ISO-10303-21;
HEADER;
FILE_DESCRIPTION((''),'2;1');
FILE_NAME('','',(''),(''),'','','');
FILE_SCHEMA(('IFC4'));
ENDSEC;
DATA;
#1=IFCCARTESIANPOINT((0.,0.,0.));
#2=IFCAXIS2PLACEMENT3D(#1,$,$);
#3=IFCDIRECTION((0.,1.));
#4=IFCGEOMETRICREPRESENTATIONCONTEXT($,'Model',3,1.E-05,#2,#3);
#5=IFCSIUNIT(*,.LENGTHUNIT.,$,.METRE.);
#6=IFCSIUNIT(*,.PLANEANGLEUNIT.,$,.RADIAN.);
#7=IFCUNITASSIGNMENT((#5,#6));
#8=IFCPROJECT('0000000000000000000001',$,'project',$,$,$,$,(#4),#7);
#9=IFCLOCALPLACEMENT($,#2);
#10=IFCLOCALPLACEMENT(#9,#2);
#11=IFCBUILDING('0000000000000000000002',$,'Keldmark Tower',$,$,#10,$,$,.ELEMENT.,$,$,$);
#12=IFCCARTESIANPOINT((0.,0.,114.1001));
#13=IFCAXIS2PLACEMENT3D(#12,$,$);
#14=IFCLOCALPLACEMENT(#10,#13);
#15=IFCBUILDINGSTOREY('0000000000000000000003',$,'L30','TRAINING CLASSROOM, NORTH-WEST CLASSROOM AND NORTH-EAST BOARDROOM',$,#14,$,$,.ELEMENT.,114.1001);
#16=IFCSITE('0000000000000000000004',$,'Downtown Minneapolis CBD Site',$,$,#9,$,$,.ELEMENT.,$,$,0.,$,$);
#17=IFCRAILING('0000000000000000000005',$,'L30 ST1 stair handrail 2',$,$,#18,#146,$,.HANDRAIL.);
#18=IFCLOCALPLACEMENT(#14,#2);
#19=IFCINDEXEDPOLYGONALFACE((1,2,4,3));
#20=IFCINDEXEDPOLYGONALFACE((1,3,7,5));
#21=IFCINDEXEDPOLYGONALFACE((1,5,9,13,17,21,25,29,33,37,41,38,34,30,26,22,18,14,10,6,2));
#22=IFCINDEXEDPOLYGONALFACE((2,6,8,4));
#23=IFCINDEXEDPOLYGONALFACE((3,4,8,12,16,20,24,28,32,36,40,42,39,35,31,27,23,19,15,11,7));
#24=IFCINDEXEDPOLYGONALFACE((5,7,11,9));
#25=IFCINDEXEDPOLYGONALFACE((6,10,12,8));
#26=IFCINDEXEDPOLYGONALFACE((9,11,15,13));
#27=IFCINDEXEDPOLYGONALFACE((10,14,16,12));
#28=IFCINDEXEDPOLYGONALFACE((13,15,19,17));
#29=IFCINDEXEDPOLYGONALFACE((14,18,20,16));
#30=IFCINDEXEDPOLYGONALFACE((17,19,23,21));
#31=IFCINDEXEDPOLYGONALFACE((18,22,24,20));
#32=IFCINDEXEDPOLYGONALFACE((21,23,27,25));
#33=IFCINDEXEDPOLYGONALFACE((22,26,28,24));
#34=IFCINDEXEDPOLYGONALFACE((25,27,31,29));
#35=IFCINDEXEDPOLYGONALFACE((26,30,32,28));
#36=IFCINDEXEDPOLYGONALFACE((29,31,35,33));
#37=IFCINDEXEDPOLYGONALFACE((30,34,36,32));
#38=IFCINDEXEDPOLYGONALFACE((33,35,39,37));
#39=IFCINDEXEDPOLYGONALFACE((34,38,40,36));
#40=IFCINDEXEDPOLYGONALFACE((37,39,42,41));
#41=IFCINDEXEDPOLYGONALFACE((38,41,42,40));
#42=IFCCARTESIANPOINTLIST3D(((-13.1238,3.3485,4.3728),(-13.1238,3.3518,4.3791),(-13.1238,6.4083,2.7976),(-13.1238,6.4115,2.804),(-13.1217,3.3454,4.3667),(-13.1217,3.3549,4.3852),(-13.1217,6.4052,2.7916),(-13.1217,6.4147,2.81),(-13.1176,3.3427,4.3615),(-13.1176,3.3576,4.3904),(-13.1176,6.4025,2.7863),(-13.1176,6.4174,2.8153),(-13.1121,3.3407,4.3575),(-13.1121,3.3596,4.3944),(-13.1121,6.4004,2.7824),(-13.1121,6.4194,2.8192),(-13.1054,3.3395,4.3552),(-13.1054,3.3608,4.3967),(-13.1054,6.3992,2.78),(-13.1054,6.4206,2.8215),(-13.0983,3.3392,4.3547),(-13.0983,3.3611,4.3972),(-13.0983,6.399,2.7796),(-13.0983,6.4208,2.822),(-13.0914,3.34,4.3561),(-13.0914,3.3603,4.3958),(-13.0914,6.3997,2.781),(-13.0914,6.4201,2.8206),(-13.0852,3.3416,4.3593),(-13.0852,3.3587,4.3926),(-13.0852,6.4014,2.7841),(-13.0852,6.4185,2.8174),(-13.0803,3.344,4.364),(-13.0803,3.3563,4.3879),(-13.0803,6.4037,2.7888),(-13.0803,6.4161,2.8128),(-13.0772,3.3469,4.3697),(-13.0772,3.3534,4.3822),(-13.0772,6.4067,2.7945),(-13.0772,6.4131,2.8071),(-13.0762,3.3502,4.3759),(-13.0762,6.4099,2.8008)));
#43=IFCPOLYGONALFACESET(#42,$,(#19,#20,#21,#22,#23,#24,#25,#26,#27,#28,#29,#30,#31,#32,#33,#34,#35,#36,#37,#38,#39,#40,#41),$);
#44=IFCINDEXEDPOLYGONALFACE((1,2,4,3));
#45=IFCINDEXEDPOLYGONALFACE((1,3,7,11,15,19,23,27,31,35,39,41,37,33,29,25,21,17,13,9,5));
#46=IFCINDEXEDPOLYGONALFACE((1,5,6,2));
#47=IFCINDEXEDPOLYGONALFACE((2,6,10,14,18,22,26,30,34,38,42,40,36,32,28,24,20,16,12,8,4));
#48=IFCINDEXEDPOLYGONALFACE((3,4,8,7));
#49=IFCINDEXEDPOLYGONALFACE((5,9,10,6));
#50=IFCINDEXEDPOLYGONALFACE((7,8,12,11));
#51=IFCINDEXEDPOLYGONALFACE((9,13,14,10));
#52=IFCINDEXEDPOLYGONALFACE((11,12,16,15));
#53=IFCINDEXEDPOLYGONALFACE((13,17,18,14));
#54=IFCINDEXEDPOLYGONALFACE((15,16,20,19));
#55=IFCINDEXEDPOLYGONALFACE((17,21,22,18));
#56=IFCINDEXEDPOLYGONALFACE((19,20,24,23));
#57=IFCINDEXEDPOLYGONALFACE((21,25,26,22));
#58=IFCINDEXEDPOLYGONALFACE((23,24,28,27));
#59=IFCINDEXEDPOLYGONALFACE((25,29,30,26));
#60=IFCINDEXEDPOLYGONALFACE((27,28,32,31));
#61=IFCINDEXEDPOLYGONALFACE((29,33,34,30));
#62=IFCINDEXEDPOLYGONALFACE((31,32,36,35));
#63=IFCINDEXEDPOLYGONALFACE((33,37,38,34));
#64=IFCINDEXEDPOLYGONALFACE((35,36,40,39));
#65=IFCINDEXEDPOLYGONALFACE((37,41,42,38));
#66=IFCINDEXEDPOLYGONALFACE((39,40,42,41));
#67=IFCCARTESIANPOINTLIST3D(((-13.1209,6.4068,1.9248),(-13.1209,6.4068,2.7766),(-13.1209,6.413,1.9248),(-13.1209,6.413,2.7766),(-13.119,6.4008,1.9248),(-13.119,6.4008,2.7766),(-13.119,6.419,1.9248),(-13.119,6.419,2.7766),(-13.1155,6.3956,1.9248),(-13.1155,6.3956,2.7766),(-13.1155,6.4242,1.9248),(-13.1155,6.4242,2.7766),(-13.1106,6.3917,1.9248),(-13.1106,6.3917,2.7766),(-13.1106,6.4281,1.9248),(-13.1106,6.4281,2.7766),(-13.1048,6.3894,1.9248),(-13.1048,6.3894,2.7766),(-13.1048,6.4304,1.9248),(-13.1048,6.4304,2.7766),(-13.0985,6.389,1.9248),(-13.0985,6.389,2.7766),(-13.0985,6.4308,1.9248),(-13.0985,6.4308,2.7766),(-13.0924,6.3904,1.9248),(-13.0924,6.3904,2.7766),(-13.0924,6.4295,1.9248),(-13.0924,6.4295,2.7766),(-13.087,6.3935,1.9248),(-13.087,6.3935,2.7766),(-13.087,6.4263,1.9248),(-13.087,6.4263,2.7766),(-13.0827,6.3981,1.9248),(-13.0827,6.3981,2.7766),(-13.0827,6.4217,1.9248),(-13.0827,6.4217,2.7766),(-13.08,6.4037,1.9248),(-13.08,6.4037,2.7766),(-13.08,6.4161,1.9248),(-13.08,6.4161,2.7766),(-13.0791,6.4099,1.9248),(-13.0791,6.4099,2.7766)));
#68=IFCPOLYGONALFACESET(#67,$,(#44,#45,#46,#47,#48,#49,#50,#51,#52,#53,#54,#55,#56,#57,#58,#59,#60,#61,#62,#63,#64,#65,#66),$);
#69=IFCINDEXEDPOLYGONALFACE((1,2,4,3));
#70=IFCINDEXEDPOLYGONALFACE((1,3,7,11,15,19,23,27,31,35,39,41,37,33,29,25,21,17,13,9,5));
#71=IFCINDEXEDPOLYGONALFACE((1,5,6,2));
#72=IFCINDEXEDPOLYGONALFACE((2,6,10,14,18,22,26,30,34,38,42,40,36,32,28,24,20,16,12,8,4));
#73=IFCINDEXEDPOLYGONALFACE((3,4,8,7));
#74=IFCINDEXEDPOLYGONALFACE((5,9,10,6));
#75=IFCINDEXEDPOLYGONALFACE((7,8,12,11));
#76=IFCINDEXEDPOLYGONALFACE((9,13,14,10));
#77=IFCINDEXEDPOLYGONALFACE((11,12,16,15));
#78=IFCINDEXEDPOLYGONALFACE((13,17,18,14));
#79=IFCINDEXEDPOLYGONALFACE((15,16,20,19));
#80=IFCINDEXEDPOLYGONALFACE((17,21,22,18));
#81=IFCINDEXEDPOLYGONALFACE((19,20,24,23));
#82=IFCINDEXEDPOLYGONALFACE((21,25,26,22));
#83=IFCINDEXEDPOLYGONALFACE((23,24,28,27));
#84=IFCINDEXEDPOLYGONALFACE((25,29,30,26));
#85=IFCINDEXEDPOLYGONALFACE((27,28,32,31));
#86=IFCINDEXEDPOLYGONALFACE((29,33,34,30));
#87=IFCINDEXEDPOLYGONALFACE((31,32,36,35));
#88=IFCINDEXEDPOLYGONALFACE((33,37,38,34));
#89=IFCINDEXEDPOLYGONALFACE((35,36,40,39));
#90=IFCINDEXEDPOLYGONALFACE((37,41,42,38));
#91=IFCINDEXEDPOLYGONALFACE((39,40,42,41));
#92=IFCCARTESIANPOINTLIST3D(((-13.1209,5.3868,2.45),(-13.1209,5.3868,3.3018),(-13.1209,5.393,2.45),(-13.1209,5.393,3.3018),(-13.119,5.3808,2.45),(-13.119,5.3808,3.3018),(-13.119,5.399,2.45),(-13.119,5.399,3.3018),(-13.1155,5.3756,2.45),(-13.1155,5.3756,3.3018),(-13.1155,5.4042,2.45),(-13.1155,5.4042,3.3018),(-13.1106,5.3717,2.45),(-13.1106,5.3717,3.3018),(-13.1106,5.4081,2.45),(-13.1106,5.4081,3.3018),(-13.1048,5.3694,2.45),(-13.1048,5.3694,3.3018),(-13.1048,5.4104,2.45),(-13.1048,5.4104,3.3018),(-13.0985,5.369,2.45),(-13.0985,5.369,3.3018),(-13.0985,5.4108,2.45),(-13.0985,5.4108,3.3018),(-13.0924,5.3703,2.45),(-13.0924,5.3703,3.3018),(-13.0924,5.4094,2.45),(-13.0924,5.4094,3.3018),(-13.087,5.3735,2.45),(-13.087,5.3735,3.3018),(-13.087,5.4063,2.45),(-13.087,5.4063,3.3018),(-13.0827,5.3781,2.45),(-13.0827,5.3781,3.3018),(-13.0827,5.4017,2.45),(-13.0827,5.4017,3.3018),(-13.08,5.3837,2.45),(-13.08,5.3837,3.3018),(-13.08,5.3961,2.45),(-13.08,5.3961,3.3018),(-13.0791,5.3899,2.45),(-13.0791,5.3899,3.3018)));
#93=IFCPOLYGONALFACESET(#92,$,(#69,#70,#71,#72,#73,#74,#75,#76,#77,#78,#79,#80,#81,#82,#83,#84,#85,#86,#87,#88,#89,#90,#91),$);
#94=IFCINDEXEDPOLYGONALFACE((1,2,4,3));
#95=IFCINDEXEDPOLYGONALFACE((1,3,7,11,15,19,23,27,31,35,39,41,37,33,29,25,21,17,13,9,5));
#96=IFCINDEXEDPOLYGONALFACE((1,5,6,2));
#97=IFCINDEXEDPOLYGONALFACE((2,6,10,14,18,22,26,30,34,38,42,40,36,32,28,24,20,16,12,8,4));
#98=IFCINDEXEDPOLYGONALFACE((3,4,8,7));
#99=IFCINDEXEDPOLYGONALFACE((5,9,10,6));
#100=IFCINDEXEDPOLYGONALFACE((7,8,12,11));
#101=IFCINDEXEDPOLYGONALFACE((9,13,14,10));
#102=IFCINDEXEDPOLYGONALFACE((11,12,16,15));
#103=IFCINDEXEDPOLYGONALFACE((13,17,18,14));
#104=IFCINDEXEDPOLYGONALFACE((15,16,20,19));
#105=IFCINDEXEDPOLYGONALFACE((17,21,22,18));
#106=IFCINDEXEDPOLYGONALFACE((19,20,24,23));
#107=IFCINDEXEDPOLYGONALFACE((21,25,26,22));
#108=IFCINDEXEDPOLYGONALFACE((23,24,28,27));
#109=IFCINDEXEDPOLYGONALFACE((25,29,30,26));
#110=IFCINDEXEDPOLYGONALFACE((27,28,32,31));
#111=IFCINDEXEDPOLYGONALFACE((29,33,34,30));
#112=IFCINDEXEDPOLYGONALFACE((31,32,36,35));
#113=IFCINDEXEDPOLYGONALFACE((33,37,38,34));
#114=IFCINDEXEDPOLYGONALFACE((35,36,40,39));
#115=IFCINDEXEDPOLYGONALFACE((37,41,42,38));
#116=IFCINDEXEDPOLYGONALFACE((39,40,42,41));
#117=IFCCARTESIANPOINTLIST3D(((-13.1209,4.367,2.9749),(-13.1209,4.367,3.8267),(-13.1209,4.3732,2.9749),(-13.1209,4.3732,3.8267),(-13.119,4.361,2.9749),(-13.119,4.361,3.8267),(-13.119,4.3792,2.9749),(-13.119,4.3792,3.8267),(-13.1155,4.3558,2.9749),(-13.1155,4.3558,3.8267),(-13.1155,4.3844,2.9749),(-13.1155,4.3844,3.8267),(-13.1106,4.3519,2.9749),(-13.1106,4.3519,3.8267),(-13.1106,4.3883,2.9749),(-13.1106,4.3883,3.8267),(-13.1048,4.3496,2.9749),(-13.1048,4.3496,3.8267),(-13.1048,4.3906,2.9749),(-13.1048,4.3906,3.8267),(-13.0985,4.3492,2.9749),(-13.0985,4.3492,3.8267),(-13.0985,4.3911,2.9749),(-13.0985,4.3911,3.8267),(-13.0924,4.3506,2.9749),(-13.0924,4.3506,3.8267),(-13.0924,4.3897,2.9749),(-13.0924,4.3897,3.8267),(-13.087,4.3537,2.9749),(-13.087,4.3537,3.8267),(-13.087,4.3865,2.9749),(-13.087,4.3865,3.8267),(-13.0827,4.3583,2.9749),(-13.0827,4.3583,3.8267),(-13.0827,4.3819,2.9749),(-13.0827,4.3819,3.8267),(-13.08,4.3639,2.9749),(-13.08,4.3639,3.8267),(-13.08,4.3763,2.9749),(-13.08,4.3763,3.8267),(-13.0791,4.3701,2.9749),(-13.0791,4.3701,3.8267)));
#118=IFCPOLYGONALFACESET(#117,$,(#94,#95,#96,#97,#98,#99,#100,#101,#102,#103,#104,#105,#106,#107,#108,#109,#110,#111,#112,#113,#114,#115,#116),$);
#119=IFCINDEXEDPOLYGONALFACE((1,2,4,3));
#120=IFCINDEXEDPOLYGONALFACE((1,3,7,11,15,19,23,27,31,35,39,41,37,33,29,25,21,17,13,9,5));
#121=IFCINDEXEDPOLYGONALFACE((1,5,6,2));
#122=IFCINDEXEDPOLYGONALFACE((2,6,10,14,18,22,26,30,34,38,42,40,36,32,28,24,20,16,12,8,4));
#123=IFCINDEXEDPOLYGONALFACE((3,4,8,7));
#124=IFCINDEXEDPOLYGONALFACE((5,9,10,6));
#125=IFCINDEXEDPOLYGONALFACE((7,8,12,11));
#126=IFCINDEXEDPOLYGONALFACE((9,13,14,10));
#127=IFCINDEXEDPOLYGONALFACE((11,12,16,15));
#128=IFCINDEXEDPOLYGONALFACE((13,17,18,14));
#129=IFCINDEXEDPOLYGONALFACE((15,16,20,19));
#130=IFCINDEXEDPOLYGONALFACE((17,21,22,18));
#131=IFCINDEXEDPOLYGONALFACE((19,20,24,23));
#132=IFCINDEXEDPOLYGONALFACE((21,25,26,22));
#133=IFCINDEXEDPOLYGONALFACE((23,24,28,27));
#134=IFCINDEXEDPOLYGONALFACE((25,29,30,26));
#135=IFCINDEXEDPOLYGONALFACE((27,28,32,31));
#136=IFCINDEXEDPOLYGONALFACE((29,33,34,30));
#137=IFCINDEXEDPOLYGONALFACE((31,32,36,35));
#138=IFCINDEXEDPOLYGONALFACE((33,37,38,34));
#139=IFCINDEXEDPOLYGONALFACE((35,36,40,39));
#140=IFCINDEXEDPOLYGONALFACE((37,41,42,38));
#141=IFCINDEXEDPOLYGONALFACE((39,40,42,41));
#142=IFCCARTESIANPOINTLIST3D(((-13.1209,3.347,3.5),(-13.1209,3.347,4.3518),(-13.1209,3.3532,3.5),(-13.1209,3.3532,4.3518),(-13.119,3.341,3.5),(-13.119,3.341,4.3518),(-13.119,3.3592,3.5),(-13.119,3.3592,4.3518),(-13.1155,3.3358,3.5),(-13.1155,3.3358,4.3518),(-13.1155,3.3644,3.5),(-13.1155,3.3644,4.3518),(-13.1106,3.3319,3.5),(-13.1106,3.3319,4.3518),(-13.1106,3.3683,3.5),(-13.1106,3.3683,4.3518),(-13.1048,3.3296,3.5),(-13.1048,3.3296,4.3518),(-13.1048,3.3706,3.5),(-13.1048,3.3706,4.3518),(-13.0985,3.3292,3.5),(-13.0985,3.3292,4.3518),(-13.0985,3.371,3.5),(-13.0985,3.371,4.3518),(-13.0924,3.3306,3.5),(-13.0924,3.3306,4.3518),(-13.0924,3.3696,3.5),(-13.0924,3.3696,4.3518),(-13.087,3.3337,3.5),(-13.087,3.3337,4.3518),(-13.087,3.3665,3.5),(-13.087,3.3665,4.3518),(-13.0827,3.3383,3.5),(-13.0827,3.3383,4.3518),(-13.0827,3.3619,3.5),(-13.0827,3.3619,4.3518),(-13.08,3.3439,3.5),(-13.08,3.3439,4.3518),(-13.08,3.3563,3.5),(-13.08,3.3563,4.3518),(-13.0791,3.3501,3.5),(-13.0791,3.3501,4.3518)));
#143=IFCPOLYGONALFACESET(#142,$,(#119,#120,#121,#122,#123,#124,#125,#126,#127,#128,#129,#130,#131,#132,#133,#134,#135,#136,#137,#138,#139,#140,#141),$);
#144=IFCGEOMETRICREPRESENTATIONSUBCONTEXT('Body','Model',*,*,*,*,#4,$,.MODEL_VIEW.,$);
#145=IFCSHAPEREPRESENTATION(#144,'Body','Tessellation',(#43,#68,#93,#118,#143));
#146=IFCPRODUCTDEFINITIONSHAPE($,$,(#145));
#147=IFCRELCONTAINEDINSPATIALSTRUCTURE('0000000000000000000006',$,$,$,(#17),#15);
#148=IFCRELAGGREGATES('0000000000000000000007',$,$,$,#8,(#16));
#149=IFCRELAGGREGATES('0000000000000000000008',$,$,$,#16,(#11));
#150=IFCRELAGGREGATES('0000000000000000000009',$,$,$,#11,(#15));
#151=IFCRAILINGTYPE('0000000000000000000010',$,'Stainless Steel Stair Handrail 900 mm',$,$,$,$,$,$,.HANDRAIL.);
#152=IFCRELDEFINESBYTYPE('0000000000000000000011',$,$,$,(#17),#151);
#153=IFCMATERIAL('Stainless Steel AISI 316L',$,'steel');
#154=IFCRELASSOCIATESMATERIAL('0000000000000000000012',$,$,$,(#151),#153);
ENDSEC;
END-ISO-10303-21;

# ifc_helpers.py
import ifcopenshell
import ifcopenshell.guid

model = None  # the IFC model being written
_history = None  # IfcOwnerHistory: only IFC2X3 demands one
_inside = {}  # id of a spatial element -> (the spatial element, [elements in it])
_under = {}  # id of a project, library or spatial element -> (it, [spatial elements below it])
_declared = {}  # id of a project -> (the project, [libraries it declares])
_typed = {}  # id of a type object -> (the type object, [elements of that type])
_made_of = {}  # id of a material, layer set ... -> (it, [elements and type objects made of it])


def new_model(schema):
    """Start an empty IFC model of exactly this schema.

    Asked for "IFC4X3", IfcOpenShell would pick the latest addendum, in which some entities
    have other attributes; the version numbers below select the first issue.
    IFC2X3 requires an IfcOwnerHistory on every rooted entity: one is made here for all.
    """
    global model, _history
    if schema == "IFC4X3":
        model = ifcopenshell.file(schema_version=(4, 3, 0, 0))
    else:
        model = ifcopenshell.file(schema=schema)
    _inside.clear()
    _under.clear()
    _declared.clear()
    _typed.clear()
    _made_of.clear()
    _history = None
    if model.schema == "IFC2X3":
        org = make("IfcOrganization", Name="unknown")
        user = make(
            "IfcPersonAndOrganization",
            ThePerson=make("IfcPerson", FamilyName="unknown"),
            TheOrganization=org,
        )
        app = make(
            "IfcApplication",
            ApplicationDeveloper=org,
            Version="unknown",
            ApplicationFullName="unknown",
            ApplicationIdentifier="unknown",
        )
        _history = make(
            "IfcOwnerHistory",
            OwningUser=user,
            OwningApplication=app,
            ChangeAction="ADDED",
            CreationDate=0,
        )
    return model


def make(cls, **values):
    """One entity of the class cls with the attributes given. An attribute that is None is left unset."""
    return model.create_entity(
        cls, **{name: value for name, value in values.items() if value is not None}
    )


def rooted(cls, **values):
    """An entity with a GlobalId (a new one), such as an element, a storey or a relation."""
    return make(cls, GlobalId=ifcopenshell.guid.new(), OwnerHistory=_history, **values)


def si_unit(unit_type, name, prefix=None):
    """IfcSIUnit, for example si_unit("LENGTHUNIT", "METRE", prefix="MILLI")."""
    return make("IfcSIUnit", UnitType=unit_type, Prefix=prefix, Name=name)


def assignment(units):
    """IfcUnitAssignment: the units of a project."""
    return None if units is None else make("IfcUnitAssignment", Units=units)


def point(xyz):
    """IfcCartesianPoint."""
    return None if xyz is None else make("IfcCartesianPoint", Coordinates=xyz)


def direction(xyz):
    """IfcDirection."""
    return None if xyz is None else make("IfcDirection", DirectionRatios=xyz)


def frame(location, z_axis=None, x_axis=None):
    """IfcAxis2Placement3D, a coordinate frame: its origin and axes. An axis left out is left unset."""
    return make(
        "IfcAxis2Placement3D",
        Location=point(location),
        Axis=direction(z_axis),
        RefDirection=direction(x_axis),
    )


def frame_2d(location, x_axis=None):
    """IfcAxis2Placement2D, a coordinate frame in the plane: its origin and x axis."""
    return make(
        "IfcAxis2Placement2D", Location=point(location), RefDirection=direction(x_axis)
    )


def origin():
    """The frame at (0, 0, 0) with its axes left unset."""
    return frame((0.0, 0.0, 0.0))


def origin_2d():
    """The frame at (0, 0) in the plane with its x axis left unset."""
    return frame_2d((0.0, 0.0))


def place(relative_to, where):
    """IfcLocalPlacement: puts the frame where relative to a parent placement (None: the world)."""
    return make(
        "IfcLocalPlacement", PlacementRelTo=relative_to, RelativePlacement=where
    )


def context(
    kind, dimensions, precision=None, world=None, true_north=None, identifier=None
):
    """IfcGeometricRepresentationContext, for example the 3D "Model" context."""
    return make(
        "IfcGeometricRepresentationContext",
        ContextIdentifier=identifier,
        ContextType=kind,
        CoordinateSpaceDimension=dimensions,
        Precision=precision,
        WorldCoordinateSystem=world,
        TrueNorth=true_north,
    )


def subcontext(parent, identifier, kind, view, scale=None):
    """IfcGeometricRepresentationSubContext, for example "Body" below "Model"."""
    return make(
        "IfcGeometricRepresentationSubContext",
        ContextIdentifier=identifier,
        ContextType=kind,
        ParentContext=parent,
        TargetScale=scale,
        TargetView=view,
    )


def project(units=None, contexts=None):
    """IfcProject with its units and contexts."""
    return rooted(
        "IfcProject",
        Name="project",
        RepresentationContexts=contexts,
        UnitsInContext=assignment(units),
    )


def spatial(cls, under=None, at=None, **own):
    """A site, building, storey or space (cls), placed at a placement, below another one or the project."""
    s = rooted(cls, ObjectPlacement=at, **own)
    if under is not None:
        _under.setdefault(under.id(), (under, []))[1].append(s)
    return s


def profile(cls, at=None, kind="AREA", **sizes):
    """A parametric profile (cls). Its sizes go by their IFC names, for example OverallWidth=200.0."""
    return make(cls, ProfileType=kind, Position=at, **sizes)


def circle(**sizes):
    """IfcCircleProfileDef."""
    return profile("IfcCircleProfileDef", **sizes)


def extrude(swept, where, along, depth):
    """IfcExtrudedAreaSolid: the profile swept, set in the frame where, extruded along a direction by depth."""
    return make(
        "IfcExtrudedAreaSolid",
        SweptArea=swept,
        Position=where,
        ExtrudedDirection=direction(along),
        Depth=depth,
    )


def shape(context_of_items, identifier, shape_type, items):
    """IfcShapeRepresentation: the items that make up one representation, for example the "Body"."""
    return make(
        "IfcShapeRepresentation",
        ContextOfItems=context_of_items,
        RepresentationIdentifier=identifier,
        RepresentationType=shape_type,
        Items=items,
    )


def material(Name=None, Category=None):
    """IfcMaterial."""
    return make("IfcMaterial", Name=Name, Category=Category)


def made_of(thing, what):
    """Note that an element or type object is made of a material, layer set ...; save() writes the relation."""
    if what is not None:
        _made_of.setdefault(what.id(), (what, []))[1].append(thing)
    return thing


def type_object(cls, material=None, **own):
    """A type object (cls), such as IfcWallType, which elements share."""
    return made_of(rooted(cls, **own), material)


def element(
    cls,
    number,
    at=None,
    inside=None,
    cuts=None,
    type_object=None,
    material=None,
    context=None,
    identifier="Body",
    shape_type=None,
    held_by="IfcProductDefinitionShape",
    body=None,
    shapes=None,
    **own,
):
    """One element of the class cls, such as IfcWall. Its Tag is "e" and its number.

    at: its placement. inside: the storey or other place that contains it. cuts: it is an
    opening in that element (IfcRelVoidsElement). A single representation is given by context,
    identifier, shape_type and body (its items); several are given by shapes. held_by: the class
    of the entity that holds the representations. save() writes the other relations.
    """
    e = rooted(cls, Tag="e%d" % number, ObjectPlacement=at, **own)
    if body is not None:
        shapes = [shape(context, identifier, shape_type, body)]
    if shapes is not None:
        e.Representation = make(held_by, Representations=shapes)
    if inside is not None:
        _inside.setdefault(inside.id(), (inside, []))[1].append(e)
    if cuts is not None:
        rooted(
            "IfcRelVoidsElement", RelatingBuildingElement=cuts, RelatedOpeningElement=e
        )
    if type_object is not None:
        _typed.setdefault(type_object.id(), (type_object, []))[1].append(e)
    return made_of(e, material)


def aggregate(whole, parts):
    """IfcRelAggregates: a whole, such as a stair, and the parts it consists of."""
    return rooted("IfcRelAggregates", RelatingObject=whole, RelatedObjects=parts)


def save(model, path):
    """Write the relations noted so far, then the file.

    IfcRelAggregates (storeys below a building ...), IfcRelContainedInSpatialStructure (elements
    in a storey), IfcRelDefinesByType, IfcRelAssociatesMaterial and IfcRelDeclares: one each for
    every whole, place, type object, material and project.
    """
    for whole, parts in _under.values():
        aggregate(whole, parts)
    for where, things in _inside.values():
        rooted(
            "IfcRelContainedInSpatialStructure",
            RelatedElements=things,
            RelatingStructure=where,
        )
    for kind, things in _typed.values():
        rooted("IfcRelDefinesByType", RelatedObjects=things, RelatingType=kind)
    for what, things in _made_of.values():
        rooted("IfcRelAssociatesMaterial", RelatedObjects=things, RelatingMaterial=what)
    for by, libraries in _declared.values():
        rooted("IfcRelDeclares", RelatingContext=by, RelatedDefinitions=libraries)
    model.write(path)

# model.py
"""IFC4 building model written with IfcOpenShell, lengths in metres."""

from ifc_helpers import new_model, si_unit, direction, frame, origin, origin_2d, place, context, subcontext, project, spatial, circle, extrude, material, type_object, element, save


model = new_model("IFC4")

# Units and contexts
model_context = context("Model", 3, precision=1e-05, world=origin(), true_north=direction((0.0, 1.0)))
body_context = subcontext(model_context, "Body", "Model", "MODEL_VIEW")
ifc_project = project(units=[si_unit("LENGTHUNIT", "METRE"), si_unit("PLANEANGLEUNIT", "RADIAN")], contexts=[model_context])

# Site, building, storey
site_placement = place(None, origin())
site = spatial("IfcSite", under=ifc_project, at=site_placement, Name="Downtown Minneapolis CBD Site", CompositionType="ELEMENT", RefElevation=0.0)
building_placement = place(site_placement, origin())
building = spatial("IfcBuilding", under=site, at=building_placement, Name="Keldmark Tower", CompositionType="ELEMENT")
storey_placement = place(building_placement, frame((0.0, 0.0, 114.1001)))
storey = spatial("IfcBuildingStorey", under=building, at=storey_placement, Name="L30", Description="TRAINING CLASSROOM, NORTH-WEST CLASSROOM AND NORTH-EAST BOARDROOM", CompositionType="ELEMENT", Elevation=114.1001)

# Railing
ifc_material_1 = material(Name="Stainless Steel AISI 316L", Category="steel")
railing_type_1 = type_object("IfcRailingType", Name="Stainless Steel Stair Handrail 900 mm", PredefinedType="HANDRAIL", material=ifc_material_1)
railing_1_placement = place(storey_placement, frame((-13.1001, 6.4099, 1.9248)))
element("IfcRailing", 1, at=railing_1_placement, inside=storey, type_object=railing_type_1, Name="L30 ST1 stair handrail 2", PredefinedType="HANDRAIL", context=body_context, shape_type="SweptSolid", body=[
    extrude(circle(Radius=0.0239, at=origin_2d()), frame((0.0, 0.0, 0.876), z_axis=(0.0, -0.889101, 0.45771), x_axis=(1.0, 0.0, 0.0)), (0.0, 0.0, 1.0), 3.4414),
    extrude(circle(Radius=0.021, at=origin_2d()), origin(), (0.0, 0.0, 1.0), 0.8518),
    extrude(circle(Radius=0.021, at=origin_2d()), frame((0.0, -1.02, 0.5251)), (0.0, 0.0, 1.0), 0.8518),
    extrude(circle(Radius=0.021, at=origin_2d()), frame((0.0, -2.0398, 1.05)), (0.0, 0.0, 1.0), 0.8518),
    extrude(circle(Radius=0.021, at=origin_2d()), frame((0.0, -3.0598, 1.5752)), (0.0, 0.0, 1.0), 0.8518),
])

save(model, "model.ifc")
